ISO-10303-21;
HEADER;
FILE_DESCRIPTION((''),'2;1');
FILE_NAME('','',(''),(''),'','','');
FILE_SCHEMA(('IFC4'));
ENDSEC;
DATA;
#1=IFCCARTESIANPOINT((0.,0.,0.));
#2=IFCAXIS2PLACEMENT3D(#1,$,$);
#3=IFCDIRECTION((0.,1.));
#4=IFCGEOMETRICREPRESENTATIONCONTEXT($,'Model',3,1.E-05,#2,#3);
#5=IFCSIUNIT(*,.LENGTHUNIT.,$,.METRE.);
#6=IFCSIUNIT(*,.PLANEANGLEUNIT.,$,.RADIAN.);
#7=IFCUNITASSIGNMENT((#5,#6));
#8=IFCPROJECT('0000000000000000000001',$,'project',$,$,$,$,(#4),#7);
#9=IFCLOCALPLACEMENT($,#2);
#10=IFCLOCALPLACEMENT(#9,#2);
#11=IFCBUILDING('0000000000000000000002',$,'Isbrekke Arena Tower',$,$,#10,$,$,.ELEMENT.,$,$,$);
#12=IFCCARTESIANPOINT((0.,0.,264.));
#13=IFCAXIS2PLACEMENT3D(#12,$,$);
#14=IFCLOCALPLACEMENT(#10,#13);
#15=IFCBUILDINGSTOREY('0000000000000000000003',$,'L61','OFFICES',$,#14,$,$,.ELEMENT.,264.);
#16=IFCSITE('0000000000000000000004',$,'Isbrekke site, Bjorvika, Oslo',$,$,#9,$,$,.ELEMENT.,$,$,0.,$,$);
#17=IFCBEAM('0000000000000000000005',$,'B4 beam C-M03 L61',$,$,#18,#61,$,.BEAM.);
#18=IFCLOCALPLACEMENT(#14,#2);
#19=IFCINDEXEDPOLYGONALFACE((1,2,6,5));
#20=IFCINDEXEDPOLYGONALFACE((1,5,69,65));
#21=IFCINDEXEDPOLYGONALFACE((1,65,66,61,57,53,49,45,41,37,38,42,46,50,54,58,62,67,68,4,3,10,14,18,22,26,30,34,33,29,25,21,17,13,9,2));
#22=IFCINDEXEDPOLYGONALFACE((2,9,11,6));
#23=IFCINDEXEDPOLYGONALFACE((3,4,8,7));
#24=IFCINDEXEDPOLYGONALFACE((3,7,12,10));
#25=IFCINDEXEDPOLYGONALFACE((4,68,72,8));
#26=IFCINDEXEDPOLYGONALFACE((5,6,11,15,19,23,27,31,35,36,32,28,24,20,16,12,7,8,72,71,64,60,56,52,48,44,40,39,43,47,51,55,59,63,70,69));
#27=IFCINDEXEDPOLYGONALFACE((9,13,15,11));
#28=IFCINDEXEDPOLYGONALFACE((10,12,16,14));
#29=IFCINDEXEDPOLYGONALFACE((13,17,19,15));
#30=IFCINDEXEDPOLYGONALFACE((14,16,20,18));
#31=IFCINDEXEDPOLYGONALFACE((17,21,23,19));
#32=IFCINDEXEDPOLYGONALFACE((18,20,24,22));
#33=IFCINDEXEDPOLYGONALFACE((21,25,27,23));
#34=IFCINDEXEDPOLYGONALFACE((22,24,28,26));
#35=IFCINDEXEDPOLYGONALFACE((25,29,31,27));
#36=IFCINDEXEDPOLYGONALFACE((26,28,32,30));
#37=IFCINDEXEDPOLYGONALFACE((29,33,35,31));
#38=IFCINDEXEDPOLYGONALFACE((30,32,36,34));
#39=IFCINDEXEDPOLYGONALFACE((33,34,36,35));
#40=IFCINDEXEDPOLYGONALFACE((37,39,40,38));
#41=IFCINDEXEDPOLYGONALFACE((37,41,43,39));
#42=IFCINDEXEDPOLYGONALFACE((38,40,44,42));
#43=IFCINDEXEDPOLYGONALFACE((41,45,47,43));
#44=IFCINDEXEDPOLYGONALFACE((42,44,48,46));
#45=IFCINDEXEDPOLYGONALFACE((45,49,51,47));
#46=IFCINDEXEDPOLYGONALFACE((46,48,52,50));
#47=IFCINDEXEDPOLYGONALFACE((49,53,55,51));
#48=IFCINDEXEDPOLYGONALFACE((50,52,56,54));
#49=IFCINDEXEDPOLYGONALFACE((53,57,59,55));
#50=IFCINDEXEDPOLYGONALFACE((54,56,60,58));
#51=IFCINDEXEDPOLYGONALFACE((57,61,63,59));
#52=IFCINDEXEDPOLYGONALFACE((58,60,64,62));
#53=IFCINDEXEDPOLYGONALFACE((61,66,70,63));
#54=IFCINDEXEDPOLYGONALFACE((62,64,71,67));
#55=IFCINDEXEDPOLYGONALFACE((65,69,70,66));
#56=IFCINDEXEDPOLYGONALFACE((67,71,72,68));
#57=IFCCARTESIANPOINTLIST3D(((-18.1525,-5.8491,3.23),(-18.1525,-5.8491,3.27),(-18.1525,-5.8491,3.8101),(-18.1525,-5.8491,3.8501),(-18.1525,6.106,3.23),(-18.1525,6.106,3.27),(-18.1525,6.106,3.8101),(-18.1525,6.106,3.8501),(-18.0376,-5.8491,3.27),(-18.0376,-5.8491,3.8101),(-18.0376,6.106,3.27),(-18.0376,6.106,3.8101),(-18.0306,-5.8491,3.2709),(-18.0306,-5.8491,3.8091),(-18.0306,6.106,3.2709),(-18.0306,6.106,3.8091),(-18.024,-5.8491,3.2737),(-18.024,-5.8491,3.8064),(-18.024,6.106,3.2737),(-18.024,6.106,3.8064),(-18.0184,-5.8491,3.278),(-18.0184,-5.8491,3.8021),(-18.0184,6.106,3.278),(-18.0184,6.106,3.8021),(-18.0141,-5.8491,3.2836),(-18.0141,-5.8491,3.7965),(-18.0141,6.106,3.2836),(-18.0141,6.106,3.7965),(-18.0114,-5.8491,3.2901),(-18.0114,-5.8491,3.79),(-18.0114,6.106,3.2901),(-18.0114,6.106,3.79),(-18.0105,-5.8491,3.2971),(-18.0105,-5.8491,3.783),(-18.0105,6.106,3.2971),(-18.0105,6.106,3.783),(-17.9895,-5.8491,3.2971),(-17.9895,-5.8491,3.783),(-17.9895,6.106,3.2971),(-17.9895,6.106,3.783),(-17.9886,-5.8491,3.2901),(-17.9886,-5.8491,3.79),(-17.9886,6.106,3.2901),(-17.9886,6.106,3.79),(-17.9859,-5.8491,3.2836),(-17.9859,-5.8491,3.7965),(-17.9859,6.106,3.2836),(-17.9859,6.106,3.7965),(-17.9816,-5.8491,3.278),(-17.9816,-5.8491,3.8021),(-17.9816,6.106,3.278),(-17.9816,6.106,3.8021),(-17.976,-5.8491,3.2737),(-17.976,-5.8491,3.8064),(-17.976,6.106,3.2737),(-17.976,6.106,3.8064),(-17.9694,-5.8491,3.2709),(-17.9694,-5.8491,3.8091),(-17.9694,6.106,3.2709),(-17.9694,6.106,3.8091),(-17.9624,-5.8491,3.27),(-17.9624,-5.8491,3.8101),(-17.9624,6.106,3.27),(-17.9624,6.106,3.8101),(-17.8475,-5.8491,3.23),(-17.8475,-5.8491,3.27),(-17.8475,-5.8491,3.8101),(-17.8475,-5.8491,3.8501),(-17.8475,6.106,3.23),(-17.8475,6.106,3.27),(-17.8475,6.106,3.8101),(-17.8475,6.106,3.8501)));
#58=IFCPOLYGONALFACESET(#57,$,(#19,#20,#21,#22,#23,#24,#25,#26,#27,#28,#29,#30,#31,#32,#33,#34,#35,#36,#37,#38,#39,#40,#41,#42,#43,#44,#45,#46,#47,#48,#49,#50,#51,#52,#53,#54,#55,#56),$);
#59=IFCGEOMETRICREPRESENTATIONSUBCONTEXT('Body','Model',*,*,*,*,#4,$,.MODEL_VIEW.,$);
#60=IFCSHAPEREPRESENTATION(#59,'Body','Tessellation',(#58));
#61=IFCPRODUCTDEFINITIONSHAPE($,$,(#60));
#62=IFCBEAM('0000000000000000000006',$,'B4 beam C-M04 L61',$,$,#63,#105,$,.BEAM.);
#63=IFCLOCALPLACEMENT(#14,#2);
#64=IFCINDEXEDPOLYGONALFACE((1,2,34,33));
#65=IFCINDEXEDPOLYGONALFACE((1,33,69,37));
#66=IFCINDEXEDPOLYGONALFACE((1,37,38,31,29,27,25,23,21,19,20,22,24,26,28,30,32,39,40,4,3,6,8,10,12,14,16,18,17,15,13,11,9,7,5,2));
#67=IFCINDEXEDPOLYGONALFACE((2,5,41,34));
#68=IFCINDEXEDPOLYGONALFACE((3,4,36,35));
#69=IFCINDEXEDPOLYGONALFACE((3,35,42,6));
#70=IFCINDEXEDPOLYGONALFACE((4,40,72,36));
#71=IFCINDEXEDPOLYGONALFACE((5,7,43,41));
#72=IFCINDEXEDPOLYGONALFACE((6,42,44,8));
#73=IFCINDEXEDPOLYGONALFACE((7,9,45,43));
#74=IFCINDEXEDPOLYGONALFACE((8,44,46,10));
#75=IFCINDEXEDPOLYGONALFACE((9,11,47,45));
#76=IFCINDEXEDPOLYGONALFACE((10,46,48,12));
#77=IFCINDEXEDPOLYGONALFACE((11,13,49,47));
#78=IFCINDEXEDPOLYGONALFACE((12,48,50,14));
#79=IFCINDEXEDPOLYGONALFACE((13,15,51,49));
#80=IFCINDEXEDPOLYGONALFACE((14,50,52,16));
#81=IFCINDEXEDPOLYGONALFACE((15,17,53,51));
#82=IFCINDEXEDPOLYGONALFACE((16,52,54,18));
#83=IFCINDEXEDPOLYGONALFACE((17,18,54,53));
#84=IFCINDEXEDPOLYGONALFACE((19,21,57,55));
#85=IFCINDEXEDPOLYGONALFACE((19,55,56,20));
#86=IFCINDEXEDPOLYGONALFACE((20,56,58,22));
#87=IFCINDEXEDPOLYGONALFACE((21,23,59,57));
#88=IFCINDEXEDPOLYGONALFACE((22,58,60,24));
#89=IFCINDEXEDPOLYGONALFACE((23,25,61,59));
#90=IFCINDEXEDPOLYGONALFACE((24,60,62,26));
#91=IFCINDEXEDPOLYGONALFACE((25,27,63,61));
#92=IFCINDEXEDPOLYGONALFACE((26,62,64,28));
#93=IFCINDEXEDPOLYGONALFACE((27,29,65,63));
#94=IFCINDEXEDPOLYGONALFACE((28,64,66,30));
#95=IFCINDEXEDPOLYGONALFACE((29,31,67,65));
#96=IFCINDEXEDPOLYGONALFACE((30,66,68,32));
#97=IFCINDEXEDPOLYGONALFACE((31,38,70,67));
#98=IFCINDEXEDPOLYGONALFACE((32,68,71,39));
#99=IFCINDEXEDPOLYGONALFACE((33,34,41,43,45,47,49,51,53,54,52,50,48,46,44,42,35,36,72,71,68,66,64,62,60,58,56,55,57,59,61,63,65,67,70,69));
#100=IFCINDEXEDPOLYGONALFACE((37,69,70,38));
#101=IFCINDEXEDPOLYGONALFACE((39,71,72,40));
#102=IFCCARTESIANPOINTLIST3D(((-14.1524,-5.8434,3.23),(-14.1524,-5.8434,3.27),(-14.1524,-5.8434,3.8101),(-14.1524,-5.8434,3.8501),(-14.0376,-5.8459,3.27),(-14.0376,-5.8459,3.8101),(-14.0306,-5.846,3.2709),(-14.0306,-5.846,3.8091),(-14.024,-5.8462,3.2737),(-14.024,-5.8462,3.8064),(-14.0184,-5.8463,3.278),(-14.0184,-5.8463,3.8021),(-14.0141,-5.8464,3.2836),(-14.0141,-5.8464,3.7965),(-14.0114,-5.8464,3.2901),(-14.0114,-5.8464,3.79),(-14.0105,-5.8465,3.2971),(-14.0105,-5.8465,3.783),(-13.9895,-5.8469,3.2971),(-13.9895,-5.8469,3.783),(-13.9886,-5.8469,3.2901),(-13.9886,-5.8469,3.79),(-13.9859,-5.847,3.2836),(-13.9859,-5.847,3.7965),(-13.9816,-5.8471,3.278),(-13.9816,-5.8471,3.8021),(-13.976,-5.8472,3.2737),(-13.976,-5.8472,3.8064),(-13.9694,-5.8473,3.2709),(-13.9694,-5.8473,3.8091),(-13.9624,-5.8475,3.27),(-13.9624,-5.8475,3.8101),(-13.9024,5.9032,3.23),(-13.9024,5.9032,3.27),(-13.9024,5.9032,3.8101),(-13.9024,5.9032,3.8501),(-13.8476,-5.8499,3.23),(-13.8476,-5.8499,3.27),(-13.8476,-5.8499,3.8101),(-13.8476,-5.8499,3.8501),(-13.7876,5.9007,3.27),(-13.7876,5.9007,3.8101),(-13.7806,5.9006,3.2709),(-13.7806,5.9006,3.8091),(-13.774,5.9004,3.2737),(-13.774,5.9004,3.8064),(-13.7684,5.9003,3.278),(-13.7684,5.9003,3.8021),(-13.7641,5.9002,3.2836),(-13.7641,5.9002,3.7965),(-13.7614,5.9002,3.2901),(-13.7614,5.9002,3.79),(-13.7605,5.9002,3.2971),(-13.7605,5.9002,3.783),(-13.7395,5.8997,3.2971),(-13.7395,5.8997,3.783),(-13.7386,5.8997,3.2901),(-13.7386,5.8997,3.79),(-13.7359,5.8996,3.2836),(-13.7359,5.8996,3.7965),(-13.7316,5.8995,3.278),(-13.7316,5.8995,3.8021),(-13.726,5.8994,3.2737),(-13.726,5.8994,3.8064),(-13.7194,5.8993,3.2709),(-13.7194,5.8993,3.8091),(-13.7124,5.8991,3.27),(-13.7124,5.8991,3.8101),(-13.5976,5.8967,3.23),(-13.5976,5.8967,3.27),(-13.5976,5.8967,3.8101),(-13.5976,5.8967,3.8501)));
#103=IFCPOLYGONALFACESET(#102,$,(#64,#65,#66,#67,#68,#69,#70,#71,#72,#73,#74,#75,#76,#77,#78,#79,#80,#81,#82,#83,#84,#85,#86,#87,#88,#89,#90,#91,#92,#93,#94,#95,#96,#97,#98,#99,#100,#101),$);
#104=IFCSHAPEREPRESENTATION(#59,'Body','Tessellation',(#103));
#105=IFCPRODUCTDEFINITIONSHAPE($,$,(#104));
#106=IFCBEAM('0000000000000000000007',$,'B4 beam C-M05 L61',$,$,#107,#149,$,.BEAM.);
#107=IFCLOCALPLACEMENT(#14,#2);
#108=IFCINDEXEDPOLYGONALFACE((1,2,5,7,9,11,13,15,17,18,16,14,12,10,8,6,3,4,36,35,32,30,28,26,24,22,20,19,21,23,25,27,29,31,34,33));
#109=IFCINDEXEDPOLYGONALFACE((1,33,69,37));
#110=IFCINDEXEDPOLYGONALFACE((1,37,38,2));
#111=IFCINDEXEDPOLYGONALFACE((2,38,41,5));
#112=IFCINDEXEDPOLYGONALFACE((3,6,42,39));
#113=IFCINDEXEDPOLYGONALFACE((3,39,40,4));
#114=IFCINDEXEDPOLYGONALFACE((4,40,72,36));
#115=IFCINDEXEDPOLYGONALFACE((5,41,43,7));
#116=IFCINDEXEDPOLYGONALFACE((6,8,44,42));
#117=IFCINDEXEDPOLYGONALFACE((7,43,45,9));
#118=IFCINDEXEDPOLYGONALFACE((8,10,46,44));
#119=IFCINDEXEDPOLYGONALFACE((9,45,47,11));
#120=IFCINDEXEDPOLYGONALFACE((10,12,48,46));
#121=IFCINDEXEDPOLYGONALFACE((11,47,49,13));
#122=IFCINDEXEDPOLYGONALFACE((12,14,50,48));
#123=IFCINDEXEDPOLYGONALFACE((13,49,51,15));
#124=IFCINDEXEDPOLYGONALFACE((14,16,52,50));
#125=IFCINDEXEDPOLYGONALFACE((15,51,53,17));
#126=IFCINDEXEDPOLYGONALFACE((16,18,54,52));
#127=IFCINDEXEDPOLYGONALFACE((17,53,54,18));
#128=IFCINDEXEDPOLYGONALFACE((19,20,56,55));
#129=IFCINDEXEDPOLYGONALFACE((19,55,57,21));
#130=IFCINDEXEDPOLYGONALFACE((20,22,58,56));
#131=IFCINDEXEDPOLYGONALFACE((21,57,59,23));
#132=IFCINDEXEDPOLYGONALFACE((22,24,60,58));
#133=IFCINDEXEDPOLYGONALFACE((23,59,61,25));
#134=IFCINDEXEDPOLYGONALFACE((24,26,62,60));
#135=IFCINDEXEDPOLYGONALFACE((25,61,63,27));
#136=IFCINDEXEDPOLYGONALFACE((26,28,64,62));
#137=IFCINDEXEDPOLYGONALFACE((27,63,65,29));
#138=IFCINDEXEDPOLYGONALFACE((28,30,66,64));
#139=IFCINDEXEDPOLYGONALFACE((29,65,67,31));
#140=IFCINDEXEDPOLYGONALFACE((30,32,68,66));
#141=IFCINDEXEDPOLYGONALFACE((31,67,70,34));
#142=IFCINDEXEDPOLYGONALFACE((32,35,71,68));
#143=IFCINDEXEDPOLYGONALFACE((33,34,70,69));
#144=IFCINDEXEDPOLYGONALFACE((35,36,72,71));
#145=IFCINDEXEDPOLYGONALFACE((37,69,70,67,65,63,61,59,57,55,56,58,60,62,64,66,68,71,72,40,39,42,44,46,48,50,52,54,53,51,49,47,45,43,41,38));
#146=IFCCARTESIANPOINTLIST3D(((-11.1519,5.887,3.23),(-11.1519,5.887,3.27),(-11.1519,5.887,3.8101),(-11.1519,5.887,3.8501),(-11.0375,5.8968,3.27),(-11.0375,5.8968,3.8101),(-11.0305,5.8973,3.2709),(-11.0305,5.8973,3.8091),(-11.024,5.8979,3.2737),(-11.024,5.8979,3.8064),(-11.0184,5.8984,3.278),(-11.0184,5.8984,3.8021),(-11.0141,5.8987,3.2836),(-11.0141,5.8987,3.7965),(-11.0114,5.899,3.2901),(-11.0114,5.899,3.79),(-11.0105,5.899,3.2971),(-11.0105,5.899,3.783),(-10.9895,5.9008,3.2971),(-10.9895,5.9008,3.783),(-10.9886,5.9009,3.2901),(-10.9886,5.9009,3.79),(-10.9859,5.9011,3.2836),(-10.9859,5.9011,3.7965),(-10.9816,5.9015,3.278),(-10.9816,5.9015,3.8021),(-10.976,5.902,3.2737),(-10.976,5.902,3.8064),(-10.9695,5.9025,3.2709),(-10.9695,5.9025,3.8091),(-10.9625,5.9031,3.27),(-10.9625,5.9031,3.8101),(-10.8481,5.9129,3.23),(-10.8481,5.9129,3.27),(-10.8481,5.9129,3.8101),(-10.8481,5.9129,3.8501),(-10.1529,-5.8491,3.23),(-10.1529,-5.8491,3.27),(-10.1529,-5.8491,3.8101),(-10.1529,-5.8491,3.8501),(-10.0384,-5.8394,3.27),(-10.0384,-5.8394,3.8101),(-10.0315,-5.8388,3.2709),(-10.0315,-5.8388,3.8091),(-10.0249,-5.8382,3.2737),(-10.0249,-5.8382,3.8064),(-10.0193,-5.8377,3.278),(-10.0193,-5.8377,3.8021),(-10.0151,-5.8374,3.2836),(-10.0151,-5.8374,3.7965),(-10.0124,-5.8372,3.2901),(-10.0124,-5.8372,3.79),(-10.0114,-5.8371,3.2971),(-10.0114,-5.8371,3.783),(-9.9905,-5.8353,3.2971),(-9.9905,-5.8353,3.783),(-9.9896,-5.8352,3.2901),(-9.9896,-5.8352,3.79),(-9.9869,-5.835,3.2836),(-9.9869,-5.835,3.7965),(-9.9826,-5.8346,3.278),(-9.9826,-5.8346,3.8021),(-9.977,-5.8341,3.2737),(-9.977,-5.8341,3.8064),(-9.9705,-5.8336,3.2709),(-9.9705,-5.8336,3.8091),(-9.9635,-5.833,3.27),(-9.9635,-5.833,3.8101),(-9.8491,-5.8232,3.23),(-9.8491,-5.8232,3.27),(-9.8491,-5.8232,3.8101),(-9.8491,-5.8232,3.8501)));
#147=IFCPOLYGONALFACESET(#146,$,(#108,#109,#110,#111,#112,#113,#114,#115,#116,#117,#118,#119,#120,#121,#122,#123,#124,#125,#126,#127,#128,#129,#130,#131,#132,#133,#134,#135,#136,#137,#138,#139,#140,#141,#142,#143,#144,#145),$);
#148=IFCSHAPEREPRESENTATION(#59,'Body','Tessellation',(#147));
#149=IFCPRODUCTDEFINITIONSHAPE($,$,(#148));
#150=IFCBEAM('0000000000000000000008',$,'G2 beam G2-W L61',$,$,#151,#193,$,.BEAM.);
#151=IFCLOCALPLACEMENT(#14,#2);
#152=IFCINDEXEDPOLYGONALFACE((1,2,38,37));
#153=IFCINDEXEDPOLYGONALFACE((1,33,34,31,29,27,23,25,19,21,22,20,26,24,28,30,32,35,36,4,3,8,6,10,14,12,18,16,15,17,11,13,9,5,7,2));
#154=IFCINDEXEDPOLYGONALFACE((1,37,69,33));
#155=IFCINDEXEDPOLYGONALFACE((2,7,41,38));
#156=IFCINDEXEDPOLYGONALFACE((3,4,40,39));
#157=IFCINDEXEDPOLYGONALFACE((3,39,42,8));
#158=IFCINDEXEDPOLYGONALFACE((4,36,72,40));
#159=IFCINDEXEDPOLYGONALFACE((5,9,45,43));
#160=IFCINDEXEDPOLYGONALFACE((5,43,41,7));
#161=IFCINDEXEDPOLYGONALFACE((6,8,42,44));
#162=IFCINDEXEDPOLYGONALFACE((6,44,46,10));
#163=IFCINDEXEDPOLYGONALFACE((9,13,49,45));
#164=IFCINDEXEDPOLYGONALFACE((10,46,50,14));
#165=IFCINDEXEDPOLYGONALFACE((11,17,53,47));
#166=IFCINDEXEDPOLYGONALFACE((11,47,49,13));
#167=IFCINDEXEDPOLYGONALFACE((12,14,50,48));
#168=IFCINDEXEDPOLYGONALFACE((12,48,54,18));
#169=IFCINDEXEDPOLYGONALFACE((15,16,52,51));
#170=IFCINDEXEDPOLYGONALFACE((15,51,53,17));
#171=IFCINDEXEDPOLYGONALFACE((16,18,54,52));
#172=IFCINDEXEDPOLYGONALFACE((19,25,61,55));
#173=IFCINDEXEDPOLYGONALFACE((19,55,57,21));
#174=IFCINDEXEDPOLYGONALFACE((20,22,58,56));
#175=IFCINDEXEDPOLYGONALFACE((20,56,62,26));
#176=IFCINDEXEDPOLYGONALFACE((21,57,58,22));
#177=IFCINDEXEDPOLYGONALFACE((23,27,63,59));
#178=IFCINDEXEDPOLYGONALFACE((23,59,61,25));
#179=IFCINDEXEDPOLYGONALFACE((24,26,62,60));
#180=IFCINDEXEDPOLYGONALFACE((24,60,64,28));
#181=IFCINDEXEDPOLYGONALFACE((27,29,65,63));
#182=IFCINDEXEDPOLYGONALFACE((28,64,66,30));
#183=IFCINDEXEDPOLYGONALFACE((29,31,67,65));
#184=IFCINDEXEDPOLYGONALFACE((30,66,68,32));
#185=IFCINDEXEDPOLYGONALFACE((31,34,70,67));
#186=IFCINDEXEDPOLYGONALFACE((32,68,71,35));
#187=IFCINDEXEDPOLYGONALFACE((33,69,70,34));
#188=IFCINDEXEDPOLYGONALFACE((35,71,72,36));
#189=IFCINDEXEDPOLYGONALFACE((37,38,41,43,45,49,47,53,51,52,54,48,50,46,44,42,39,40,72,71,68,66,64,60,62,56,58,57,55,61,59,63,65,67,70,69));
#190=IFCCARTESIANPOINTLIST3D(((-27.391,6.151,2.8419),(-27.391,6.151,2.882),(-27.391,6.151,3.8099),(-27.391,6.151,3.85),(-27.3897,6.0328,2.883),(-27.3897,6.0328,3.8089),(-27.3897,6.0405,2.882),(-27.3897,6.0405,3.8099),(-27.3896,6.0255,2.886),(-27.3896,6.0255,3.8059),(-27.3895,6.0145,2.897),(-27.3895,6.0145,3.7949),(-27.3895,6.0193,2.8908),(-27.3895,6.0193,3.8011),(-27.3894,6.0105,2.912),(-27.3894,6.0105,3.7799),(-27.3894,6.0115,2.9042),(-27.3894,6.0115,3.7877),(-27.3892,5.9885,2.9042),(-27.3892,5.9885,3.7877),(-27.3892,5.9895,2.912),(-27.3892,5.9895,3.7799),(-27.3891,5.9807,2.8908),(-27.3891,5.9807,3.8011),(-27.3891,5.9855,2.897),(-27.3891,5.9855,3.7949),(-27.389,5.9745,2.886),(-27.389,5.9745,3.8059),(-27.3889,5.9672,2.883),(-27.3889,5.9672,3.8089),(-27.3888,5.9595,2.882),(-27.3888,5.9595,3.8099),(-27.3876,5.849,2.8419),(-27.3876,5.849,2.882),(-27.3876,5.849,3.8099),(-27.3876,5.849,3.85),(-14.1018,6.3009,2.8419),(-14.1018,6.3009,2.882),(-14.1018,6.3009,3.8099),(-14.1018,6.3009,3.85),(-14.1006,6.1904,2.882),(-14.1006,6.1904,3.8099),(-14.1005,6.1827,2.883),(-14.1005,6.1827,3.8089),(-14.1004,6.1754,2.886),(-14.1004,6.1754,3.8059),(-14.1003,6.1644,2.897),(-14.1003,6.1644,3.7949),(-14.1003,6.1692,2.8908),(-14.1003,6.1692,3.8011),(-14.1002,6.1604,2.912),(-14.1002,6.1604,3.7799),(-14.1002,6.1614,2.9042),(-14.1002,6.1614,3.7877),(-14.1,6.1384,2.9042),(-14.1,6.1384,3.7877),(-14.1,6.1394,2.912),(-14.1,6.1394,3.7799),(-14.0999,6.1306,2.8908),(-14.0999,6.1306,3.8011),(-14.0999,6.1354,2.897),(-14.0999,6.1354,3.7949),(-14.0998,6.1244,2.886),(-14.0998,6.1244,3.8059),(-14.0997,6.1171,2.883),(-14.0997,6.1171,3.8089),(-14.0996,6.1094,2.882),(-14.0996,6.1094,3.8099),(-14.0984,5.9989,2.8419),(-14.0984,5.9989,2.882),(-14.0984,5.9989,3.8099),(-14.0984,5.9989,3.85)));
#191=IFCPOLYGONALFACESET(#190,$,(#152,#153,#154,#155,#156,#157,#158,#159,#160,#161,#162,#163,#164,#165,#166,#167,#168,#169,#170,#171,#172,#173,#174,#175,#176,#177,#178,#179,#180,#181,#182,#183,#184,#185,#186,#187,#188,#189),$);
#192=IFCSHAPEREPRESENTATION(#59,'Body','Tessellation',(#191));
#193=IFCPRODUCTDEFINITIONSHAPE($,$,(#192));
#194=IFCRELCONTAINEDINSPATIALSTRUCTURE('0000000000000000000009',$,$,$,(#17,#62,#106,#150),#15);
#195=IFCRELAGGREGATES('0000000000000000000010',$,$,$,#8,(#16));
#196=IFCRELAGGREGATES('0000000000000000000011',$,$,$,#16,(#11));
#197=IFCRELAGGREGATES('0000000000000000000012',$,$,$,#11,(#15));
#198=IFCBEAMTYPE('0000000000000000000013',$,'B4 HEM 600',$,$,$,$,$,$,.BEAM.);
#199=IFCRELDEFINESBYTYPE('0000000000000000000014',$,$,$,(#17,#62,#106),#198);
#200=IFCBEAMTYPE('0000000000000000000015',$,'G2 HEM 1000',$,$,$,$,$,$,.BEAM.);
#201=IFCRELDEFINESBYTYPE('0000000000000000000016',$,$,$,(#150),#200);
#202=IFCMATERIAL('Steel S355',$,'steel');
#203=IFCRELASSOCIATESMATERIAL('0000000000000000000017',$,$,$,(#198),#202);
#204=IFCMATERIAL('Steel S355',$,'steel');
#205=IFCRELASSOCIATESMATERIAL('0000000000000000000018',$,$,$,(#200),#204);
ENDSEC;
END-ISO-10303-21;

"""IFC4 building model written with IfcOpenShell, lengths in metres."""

from ifc_helpers import new_model, si_unit, direction, frame, origin, origin_2d, place, context, subcontext, project, spatial, i_section, extrude, material, material_profile, profile_set, type_object, element, save


model = new_model("IFC4")

# Units and contexts
model_context = context("Model", 3, precision=1e-05, world=origin(), true_north=direction((0.0, 1.0)))
body_context = subcontext(model_context, "Body", "Model", "MODEL_VIEW")
ifc_project = project(units=[si_unit("LENGTHUNIT", "METRE"), si_unit("PLANEANGLEUNIT", "RADIAN")], contexts=[model_context])

# Site, building, storey
site_placement = place(None, origin())
site = spatial("IfcSite", under=ifc_project, at=site_placement, Name="Isbrekke site, Bjorvika, Oslo", CompositionType="ELEMENT", RefElevation=0.0)
building_placement = place(site_placement, origin())
building = spatial("IfcBuilding", under=site, at=building_placement, Name="Isbrekke Arena Tower", CompositionType="ELEMENT")
storey_placement = place(building_placement, frame((0.0, 0.0, 264.0)))
storey = spatial("IfcBuildingStorey", under=building, at=storey_placement, Name="L61", Description="OFFICES", CompositionType="ELEMENT", Elevation=264.0)

# Beams
ifc_material_1 = material(Name="Steel S355", Category="steel")
ifc_material_profile_1 = material_profile(ifc_material_1, i_section(OverallWidth=0.3049, OverallDepth=0.6201, WebThickness=0.021, FlangeThickness=0.04, FilletRadius=0.0271, at=origin_2d()), Name="HEM 600")
ifc_profile_set_1 = profile_set([ifc_material_profile_1], Name="Steel S355")
beam_type_1 = type_object("IfcBeamType", Name="B4 HEM 600", PredefinedType="BEAM", material=ifc_profile_set_1)
beam_1_placement = place(storey_placement, frame((-18.0, -5.8491, 3.54), z_axis=(0.0, 1.0, 0.0), x_axis=(-1.0, 0.0, 0.0)))
element("IfcBeam", 1, at=beam_1_placement, inside=storey, type_object=beam_type_1, Name="B4 beam C-M03 L61", PredefinedType="BEAM", context=body_context, shape_type="SweptSolid", body=[
    extrude(i_section(OverallWidth=0.3049, OverallDepth=0.6201, WebThickness=0.021, FlangeThickness=0.04, FilletRadius=0.0271, at=origin_2d()), origin(), (0.0, 0.0, 1.0), 11.9551),
])
beam_2_placement = place(storey_placement, frame((-14.0, -5.8467, 3.54), z_axis=(0.021278, 0.999774, 0.0), x_axis=(-0.999774, 0.021278, 0.0)))
element("IfcBeam", 2, at=beam_2_placement, inside=storey, type_object=beam_type_1, Name="B4 beam C-M04 L61", PredefinedType="BEAM", context=body_context, shape_type="SweptSolid", body=[
    extrude(i_section(OverallWidth=0.3049, OverallDepth=0.6201, WebThickness=0.021, FlangeThickness=0.04, FilletRadius=0.0271, at=origin_2d()), origin(), (0.0, 0.0, 1.0), 11.7493),
])
beam_3_placement = place(storey_placement, frame((-10.001, -5.8362, 3.54), z_axis=(-0.084817, 0.996397, 0.0), x_axis=(-0.996397, -0.084817, 0.0)))
element("IfcBeam", 3, at=beam_3_placement, inside=storey, type_object=beam_type_1, Name="B4 beam C-M05 L61", PredefinedType="BEAM", context=body_context, shape_type="SweptSolid", body=[
    extrude(i_section(OverallWidth=0.3049, OverallDepth=0.6201, WebThickness=0.021, FlangeThickness=0.04, FilletRadius=0.0271, at=origin_2d()), origin(), (0.0, 0.0, 1.0), 11.7786),
])
ifc_material_2 = material(Name="Steel S355", Category="steel")
ifc_material_profile_2 = material_profile(ifc_material_2, i_section(OverallWidth=0.302, OverallDepth=1.0081, WebThickness=0.021, FlangeThickness=0.04, FilletRadius=0.03, at=origin_2d()), Name="HEM 1000")
ifc_profile_set_2 = profile_set([ifc_material_profile_2], Name="Steel S355")
beam_type_2 = type_object("IfcBeamType", Name="G2 HEM 1000", PredefinedType="BEAM", material=ifc_profile_set_2)
beam_4_placement = place(storey_placement, frame((-14.1001, 6.1499, 3.3459), z_axis=(-0.999936, -0.011279, 0.0), x_axis=(0.011279, -0.999936, 0.0)))
element("IfcBeam", 4, at=beam_4_placement, inside=storey, type_object=beam_type_2, Name="G2 beam G2-W L61", PredefinedType="BEAM", context=body_context, shape_type="SweptSolid", body=[
    extrude(i_section(OverallWidth=0.302, OverallDepth=1.0081, WebThickness=0.021, FlangeThickness=0.04, FilletRadius=0.03, at=origin_2d()), origin(), (0.0, 0.0, 1.0), 13.29),
])

save(model, "model.ifc")
